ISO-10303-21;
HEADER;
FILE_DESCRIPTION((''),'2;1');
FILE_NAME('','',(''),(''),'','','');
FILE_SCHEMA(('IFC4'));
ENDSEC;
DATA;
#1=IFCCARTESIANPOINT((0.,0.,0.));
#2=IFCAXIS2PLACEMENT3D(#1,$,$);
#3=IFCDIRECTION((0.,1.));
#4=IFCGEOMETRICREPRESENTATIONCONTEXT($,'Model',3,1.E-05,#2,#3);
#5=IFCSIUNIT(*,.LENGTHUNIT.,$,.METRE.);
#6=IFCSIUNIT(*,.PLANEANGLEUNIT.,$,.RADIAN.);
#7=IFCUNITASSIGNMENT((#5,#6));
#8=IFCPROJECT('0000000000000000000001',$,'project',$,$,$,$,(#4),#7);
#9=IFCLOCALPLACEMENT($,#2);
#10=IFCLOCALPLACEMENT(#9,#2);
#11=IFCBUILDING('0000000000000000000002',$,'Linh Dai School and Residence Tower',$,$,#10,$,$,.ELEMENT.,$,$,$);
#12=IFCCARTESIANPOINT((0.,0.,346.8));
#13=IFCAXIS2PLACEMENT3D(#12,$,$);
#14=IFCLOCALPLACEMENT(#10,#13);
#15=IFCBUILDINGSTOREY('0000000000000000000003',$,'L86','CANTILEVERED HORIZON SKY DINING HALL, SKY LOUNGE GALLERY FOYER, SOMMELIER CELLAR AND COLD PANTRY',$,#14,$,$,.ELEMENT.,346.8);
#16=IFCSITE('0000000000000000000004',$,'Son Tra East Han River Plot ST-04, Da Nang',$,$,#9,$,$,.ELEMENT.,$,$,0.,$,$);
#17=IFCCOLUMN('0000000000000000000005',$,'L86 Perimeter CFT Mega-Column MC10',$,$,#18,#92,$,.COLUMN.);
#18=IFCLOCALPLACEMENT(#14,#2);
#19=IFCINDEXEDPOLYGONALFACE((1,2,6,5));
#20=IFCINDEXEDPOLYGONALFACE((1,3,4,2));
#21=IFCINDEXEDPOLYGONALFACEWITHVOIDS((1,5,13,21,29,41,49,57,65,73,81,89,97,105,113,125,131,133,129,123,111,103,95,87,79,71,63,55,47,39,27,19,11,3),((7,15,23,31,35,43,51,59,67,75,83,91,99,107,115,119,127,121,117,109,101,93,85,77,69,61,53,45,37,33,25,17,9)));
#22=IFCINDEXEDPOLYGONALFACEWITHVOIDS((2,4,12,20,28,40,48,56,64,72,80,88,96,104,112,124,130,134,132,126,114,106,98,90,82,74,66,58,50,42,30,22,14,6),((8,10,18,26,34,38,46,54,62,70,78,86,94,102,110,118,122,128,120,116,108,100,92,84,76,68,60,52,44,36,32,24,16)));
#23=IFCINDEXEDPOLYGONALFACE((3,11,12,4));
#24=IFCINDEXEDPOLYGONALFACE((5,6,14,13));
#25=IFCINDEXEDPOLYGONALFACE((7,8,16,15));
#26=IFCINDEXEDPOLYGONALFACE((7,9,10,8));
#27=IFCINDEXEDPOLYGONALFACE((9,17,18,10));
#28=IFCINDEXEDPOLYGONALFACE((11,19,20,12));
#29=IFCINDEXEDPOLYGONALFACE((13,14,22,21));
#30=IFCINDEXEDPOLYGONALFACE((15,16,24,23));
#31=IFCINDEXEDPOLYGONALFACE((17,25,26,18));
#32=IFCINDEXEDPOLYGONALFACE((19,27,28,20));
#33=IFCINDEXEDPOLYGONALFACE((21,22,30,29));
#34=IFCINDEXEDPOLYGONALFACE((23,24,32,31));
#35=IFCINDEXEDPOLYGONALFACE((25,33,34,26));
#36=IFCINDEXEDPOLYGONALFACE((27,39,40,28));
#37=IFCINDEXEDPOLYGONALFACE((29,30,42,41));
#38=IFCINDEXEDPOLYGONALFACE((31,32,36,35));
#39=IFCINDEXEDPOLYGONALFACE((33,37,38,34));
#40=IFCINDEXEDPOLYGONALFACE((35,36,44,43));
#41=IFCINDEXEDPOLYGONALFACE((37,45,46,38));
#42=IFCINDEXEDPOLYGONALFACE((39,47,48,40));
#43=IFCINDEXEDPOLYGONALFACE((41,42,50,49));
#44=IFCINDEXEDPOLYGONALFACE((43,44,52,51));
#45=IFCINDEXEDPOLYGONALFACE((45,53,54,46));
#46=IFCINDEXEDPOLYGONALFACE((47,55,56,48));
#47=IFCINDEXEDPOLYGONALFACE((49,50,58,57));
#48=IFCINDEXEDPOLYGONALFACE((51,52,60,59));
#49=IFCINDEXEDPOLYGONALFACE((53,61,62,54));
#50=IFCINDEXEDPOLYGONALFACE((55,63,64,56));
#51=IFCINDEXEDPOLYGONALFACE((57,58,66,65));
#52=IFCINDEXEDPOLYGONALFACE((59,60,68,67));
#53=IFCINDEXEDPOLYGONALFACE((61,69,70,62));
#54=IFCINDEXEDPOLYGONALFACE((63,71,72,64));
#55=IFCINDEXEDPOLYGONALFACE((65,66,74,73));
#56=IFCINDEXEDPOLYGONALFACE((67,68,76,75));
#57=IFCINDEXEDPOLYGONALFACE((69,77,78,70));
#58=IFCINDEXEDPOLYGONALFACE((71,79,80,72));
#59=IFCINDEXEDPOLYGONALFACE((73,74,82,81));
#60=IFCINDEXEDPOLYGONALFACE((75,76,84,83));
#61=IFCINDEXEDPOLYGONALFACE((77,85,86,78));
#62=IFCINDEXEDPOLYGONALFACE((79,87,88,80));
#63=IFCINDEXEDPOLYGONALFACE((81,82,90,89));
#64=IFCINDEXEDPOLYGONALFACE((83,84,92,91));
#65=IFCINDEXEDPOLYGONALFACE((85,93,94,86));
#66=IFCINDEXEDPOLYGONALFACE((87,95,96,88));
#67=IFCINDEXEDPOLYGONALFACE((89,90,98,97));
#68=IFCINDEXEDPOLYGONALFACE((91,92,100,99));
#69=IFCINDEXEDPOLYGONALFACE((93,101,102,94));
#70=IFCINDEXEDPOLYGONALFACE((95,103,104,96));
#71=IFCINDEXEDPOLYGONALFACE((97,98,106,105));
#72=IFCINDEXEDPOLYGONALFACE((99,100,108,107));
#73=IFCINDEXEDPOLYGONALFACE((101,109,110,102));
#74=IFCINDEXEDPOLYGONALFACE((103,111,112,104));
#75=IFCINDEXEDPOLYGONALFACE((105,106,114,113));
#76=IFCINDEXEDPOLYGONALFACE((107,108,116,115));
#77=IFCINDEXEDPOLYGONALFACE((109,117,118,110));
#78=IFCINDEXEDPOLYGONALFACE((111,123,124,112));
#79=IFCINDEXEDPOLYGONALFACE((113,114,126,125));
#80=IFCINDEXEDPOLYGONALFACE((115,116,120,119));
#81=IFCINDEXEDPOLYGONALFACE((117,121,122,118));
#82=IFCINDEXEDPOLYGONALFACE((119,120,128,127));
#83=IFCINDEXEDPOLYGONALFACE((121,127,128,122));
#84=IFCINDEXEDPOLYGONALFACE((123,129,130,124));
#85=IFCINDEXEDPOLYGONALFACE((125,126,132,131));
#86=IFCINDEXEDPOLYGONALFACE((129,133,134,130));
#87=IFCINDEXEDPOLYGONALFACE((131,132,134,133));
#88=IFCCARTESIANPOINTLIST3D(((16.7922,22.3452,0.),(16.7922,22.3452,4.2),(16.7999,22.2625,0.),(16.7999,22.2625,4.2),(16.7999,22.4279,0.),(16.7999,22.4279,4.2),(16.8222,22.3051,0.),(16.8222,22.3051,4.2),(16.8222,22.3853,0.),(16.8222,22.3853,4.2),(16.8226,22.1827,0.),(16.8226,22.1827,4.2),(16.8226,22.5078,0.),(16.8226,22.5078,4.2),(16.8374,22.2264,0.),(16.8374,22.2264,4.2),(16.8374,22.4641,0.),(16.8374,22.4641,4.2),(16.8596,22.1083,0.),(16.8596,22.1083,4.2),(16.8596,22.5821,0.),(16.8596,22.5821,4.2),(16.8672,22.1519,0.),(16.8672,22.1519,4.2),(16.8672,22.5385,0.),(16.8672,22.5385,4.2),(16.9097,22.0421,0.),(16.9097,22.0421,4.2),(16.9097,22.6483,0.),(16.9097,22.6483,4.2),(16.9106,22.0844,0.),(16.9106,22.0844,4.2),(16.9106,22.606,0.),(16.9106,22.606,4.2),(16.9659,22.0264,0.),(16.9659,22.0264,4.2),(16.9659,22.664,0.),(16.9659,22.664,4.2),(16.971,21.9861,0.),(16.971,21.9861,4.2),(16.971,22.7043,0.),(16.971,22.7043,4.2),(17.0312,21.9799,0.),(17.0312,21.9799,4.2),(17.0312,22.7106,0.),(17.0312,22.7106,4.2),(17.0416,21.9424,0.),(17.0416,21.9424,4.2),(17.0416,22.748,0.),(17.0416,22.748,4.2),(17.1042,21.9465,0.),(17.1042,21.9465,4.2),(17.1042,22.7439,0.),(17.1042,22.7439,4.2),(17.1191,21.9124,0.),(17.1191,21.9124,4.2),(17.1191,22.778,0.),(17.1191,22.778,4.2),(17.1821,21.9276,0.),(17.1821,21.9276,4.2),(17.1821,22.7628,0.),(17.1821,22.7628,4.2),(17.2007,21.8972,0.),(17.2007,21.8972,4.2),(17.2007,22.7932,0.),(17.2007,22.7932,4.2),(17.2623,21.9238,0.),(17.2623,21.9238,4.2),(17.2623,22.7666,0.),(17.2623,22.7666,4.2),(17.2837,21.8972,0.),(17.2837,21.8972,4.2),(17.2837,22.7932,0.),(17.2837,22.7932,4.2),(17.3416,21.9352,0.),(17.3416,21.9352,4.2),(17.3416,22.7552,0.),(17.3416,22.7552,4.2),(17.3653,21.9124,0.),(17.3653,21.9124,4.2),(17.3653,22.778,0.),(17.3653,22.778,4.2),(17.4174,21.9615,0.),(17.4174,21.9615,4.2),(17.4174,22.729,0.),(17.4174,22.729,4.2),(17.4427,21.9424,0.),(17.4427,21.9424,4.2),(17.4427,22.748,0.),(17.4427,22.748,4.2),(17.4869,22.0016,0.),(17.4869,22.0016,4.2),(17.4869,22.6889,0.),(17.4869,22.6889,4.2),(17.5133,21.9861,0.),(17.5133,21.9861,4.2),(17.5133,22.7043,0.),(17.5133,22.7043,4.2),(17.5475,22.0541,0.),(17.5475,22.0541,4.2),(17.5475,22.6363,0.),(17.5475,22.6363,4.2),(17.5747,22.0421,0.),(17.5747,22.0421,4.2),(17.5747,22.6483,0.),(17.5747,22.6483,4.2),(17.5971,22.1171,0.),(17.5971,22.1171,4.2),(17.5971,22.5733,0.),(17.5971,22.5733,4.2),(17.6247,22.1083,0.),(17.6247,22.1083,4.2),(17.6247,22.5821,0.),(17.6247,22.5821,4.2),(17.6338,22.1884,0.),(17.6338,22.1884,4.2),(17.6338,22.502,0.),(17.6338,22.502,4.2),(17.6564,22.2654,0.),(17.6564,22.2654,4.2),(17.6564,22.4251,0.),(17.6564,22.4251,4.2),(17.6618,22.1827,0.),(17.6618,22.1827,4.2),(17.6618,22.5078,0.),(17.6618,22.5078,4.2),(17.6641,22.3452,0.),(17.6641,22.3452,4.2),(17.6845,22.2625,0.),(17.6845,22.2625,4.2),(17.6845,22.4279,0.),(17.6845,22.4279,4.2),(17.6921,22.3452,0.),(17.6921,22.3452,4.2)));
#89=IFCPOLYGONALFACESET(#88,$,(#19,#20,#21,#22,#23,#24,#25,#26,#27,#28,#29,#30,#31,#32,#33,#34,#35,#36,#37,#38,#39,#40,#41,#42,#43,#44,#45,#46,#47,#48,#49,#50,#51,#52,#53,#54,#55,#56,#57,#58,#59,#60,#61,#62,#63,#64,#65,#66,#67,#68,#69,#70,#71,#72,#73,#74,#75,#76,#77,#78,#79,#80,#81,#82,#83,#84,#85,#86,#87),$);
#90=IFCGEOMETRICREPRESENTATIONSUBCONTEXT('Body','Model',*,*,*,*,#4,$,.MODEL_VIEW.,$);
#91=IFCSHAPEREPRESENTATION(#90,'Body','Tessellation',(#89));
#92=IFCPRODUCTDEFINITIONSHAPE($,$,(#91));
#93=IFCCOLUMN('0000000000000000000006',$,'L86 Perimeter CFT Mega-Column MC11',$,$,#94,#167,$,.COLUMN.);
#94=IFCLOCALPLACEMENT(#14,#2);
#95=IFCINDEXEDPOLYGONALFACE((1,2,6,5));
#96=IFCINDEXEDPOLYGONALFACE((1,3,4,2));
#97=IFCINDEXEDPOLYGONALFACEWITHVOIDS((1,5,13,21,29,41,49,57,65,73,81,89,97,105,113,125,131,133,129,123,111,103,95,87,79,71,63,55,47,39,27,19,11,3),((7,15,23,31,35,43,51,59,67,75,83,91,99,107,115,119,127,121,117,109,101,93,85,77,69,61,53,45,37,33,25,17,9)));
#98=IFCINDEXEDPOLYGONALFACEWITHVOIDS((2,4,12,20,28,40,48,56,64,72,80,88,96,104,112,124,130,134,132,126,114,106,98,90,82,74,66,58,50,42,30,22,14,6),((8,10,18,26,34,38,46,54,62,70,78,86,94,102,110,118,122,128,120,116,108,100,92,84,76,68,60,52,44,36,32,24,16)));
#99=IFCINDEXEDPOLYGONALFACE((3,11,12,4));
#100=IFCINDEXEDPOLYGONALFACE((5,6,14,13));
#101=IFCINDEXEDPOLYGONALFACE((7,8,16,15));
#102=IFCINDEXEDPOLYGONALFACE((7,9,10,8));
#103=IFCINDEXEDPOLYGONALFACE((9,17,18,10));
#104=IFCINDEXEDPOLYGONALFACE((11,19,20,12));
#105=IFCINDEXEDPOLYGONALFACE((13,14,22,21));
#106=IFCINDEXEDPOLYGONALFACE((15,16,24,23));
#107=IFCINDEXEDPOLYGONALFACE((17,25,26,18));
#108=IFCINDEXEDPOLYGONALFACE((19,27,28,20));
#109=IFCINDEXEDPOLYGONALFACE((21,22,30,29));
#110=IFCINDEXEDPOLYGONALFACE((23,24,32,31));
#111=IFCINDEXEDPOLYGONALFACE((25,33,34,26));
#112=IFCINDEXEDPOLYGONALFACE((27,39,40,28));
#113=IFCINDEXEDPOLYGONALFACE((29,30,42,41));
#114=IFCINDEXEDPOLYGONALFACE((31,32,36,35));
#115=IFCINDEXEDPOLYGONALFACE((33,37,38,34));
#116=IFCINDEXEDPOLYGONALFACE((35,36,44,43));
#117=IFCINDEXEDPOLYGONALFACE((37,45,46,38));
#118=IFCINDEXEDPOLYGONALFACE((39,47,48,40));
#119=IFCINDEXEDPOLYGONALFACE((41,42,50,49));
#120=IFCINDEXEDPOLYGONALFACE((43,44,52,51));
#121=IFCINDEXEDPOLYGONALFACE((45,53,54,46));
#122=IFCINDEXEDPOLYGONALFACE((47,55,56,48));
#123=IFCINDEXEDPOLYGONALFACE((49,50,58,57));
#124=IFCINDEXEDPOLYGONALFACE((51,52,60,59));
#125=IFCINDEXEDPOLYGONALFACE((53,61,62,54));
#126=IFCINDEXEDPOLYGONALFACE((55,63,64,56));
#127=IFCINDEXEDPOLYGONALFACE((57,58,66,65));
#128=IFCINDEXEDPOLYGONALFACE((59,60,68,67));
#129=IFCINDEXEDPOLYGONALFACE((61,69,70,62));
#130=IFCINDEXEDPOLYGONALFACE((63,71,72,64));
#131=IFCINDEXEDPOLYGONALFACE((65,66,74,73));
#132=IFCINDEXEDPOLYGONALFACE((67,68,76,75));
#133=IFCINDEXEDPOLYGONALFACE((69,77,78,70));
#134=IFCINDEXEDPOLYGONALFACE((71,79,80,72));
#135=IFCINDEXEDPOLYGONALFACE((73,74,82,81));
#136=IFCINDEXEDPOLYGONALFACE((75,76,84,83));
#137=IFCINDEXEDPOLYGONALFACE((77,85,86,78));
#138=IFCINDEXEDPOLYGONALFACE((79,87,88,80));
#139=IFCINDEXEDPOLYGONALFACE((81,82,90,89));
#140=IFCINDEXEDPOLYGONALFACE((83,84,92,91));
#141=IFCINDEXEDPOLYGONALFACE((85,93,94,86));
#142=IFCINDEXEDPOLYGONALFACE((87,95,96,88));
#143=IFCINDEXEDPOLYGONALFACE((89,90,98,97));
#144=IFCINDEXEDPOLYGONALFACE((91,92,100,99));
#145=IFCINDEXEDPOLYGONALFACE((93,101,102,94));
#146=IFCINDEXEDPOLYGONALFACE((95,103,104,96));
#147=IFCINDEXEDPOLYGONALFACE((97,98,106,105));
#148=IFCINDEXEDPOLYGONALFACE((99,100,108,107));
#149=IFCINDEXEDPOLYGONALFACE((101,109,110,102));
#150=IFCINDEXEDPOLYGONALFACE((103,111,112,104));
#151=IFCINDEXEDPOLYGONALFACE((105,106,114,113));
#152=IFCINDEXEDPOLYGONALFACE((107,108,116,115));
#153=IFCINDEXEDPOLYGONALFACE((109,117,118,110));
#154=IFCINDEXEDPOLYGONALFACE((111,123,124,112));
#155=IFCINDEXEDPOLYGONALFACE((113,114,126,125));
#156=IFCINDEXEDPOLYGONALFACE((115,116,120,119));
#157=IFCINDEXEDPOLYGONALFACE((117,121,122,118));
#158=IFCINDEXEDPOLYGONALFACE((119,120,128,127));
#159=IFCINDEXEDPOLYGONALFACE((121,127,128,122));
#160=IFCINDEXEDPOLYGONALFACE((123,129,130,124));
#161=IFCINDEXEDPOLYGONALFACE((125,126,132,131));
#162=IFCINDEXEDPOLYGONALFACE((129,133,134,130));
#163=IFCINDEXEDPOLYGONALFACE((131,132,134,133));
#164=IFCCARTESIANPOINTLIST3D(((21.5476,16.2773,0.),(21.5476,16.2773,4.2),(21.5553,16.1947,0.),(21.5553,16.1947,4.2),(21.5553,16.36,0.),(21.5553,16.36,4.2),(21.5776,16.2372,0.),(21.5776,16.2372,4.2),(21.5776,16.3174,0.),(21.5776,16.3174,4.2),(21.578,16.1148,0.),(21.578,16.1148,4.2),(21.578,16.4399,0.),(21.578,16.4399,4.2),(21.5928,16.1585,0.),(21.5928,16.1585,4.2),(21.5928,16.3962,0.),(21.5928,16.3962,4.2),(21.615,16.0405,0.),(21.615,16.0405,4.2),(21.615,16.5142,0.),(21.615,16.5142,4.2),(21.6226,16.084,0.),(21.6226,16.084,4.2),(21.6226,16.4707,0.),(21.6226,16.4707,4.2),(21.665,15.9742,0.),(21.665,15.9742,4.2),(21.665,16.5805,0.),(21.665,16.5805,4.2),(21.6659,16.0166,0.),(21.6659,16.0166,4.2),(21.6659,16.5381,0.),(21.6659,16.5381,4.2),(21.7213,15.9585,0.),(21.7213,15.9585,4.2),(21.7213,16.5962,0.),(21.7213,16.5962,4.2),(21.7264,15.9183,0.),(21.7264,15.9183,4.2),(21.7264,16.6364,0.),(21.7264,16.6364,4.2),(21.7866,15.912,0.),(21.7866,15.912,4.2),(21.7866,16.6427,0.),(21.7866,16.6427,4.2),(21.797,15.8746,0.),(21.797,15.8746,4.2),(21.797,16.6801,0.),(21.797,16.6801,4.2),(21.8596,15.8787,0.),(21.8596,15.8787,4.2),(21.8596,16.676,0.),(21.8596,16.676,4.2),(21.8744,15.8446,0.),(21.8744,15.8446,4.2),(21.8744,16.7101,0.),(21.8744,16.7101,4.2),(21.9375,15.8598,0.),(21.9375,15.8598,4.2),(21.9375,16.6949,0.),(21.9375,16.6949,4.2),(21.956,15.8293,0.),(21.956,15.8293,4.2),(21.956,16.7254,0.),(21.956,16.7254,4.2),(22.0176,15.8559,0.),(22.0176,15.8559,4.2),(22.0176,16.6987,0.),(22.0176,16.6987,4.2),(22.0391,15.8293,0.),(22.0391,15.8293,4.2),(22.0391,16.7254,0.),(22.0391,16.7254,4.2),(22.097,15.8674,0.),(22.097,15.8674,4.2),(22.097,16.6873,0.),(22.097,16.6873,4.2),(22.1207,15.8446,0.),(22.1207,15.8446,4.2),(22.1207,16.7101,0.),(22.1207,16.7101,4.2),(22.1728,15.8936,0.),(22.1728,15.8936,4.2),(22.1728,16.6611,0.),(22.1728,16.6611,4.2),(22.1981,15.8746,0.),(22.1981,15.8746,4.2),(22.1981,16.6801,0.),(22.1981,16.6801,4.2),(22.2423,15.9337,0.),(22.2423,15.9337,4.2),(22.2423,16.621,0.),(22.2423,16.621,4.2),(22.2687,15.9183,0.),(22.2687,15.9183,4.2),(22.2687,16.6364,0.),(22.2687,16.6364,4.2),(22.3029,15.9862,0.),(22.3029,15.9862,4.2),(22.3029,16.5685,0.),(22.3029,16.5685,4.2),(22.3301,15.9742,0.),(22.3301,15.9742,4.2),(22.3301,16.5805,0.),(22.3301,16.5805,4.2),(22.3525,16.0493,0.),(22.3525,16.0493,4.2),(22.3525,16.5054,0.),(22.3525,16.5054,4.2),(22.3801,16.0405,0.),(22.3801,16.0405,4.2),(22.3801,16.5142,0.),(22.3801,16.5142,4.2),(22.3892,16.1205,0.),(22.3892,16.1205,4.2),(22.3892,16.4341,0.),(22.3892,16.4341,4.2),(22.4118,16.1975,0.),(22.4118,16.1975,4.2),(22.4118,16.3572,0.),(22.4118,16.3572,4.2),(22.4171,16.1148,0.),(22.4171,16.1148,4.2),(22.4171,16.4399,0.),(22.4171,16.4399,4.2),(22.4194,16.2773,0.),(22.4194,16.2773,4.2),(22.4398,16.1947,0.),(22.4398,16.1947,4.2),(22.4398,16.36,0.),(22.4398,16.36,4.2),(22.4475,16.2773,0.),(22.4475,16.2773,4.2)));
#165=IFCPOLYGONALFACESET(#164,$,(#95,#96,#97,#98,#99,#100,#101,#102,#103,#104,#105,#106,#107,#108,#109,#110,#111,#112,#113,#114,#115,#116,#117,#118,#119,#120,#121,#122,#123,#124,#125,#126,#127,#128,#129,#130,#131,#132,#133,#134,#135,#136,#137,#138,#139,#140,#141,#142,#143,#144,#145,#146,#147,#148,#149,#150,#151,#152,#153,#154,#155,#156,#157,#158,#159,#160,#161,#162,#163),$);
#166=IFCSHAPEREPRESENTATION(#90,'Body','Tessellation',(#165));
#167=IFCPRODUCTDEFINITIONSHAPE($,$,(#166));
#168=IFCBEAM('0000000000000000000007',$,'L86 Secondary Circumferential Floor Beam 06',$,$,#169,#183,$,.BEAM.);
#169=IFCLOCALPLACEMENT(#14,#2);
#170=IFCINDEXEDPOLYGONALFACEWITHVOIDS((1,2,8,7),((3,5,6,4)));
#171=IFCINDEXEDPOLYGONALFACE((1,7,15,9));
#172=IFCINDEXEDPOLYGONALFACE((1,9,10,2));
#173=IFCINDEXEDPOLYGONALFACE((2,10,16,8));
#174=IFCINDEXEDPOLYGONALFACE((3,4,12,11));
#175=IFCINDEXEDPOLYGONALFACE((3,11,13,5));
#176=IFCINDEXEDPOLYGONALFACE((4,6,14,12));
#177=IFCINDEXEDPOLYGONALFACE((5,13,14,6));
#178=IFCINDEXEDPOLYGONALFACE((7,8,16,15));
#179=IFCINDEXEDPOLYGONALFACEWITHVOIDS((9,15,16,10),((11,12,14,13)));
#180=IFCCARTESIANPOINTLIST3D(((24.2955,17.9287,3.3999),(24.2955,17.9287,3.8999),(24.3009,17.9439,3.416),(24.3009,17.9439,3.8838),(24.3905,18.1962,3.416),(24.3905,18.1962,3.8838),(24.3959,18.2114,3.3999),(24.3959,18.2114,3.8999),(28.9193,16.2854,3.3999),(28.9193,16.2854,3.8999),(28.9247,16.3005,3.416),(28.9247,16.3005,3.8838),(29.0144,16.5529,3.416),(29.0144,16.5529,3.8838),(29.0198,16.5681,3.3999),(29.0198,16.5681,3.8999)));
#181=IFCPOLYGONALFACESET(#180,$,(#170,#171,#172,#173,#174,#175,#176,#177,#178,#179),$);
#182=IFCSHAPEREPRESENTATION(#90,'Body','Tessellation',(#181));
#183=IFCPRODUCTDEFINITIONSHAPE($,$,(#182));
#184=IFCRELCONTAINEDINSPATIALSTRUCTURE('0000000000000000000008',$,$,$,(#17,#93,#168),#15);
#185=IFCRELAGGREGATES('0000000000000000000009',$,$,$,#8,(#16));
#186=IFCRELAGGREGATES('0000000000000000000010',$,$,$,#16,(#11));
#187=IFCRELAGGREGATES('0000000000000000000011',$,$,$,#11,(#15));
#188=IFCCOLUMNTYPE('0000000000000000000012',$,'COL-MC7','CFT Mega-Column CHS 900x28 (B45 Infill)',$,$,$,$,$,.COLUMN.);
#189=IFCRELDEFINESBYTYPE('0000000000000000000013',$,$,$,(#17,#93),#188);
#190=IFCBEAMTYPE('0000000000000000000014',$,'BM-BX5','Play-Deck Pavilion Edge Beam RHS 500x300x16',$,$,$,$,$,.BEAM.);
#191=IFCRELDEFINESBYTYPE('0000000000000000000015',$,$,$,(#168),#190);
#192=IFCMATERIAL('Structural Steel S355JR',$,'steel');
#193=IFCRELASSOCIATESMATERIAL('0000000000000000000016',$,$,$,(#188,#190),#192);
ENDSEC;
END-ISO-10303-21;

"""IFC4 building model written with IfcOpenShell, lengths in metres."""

from ifc_helpers import new_model, si_unit, direction, frame, origin, origin_2d, place, context, subcontext, project, spatial, hollow_rectangle, hollow_circle, extrude, material, material_profile, profile_set, type_object, element, save


model = new_model("IFC4")

# Units and contexts
model_context = context("Model", 3, precision=1e-05, world=origin(), true_north=direction((0.0, 1.0)))
body_context = subcontext(model_context, "Body", "Model", "MODEL_VIEW")
ifc_project = project(units=[si_unit("LENGTHUNIT", "METRE"), si_unit("PLANEANGLEUNIT", "RADIAN")], contexts=[model_context])

# Site, building, storey
site_placement = place(None, origin())
site = spatial("IfcSite", under=ifc_project, at=site_placement, Name="Son Tra East Han River Plot ST-04, Da Nang", CompositionType="ELEMENT", RefElevation=0.0)
building_placement = place(site_placement, origin())
building = spatial("IfcBuilding", under=site, at=building_placement, Name="Linh Dai School and Residence Tower", CompositionType="ELEMENT")
storey_placement = place(building_placement, frame((0.0, 0.0, 346.8)))
storey = spatial("IfcBuildingStorey", under=building, at=storey_placement, Name="L86", Description="CANTILEVERED HORIZON SKY DINING HALL, SKY LOUNGE GALLERY FOYER, SOMMELIER CELLAR AND COLD PANTRY", CompositionType="ELEMENT", Elevation=346.8)

# Columns
ifc_material_1 = material(Name="Structural Steel S355JR", Category="steel")
ifc_material_profile_1 = material_profile(ifc_material_1, hollow_circle(Radius=0.45, WallThickness=0.0281, at=origin_2d()), Name="CHS 900x28")
ifc_profile_set_1 = profile_set([ifc_material_profile_1], Name="Structural Steel S355JR")
column_type = type_object("IfcColumnType", Name="COL-MC7", Description="CFT Mega-Column CHS 900x28 (B45 Infill)", PredefinedType="COLUMN", material=ifc_profile_set_1)
for number, where, z_axis, x_axis, name in (
    (1, (17.2422, 22.3452, 0.0), (0.0, 0.0, 1.0), (1.0, 0.0, 0.0), "L86 Perimeter CFT Mega-Column MC10"),
    (2, (21.9976, 16.2773, 0.0), (0.0, 0.0, 1.0), (1.0, 0.0, 0.0), "L86 Perimeter CFT Mega-Column MC11"),
):
    element("IfcColumn", number, at=place(storey_placement, frame(where, z_axis=z_axis, x_axis=x_axis)), inside=storey, type_object=column_type, Name=name, PredefinedType="COLUMN", context=body_context, shape_type="SweptSolid", body=[
        extrude(hollow_circle(Radius=0.45, WallThickness=0.0281, at=origin_2d()), origin(), (0.0, 0.0, 1.0), 4.2),
    ])

# Beam
ifc_material_profile_2 = material_profile(ifc_material_1, hollow_rectangle(XDim=0.3, YDim=0.5, WallThickness=0.0161, at=origin_2d()), Name="RHS 500x300x16")
ifc_profile_set_2 = profile_set([ifc_material_profile_2], Name="Structural Steel S355JR")
beam_type_1 = type_object("IfcBeamType", Name="BM-BX5", Description="Play-Deck Pavilion Edge Beam RHS 500x300x16", PredefinedType="BEAM", material=ifc_profile_set_2)
beam_1_placement = place(storey_placement, frame((24.3457, 18.0701, 3.6499), z_axis=(0.94226, -0.334883, 0.0), x_axis=(0.334883, 0.94226, 0.0)))
element("IfcBeam", 3, at=beam_1_placement, inside=storey, type_object=beam_type_1, Name="L86 Secondary Circumferential Floor Beam 06", PredefinedType="BEAM", context=body_context, shape_type="SweptSolid", body=[
    extrude(hollow_rectangle(XDim=0.3, YDim=0.5, WallThickness=0.0161, at=origin_2d()), origin(), (0.0, 0.0, 1.0), 4.9072),
])

save(model, "model.ifc")
